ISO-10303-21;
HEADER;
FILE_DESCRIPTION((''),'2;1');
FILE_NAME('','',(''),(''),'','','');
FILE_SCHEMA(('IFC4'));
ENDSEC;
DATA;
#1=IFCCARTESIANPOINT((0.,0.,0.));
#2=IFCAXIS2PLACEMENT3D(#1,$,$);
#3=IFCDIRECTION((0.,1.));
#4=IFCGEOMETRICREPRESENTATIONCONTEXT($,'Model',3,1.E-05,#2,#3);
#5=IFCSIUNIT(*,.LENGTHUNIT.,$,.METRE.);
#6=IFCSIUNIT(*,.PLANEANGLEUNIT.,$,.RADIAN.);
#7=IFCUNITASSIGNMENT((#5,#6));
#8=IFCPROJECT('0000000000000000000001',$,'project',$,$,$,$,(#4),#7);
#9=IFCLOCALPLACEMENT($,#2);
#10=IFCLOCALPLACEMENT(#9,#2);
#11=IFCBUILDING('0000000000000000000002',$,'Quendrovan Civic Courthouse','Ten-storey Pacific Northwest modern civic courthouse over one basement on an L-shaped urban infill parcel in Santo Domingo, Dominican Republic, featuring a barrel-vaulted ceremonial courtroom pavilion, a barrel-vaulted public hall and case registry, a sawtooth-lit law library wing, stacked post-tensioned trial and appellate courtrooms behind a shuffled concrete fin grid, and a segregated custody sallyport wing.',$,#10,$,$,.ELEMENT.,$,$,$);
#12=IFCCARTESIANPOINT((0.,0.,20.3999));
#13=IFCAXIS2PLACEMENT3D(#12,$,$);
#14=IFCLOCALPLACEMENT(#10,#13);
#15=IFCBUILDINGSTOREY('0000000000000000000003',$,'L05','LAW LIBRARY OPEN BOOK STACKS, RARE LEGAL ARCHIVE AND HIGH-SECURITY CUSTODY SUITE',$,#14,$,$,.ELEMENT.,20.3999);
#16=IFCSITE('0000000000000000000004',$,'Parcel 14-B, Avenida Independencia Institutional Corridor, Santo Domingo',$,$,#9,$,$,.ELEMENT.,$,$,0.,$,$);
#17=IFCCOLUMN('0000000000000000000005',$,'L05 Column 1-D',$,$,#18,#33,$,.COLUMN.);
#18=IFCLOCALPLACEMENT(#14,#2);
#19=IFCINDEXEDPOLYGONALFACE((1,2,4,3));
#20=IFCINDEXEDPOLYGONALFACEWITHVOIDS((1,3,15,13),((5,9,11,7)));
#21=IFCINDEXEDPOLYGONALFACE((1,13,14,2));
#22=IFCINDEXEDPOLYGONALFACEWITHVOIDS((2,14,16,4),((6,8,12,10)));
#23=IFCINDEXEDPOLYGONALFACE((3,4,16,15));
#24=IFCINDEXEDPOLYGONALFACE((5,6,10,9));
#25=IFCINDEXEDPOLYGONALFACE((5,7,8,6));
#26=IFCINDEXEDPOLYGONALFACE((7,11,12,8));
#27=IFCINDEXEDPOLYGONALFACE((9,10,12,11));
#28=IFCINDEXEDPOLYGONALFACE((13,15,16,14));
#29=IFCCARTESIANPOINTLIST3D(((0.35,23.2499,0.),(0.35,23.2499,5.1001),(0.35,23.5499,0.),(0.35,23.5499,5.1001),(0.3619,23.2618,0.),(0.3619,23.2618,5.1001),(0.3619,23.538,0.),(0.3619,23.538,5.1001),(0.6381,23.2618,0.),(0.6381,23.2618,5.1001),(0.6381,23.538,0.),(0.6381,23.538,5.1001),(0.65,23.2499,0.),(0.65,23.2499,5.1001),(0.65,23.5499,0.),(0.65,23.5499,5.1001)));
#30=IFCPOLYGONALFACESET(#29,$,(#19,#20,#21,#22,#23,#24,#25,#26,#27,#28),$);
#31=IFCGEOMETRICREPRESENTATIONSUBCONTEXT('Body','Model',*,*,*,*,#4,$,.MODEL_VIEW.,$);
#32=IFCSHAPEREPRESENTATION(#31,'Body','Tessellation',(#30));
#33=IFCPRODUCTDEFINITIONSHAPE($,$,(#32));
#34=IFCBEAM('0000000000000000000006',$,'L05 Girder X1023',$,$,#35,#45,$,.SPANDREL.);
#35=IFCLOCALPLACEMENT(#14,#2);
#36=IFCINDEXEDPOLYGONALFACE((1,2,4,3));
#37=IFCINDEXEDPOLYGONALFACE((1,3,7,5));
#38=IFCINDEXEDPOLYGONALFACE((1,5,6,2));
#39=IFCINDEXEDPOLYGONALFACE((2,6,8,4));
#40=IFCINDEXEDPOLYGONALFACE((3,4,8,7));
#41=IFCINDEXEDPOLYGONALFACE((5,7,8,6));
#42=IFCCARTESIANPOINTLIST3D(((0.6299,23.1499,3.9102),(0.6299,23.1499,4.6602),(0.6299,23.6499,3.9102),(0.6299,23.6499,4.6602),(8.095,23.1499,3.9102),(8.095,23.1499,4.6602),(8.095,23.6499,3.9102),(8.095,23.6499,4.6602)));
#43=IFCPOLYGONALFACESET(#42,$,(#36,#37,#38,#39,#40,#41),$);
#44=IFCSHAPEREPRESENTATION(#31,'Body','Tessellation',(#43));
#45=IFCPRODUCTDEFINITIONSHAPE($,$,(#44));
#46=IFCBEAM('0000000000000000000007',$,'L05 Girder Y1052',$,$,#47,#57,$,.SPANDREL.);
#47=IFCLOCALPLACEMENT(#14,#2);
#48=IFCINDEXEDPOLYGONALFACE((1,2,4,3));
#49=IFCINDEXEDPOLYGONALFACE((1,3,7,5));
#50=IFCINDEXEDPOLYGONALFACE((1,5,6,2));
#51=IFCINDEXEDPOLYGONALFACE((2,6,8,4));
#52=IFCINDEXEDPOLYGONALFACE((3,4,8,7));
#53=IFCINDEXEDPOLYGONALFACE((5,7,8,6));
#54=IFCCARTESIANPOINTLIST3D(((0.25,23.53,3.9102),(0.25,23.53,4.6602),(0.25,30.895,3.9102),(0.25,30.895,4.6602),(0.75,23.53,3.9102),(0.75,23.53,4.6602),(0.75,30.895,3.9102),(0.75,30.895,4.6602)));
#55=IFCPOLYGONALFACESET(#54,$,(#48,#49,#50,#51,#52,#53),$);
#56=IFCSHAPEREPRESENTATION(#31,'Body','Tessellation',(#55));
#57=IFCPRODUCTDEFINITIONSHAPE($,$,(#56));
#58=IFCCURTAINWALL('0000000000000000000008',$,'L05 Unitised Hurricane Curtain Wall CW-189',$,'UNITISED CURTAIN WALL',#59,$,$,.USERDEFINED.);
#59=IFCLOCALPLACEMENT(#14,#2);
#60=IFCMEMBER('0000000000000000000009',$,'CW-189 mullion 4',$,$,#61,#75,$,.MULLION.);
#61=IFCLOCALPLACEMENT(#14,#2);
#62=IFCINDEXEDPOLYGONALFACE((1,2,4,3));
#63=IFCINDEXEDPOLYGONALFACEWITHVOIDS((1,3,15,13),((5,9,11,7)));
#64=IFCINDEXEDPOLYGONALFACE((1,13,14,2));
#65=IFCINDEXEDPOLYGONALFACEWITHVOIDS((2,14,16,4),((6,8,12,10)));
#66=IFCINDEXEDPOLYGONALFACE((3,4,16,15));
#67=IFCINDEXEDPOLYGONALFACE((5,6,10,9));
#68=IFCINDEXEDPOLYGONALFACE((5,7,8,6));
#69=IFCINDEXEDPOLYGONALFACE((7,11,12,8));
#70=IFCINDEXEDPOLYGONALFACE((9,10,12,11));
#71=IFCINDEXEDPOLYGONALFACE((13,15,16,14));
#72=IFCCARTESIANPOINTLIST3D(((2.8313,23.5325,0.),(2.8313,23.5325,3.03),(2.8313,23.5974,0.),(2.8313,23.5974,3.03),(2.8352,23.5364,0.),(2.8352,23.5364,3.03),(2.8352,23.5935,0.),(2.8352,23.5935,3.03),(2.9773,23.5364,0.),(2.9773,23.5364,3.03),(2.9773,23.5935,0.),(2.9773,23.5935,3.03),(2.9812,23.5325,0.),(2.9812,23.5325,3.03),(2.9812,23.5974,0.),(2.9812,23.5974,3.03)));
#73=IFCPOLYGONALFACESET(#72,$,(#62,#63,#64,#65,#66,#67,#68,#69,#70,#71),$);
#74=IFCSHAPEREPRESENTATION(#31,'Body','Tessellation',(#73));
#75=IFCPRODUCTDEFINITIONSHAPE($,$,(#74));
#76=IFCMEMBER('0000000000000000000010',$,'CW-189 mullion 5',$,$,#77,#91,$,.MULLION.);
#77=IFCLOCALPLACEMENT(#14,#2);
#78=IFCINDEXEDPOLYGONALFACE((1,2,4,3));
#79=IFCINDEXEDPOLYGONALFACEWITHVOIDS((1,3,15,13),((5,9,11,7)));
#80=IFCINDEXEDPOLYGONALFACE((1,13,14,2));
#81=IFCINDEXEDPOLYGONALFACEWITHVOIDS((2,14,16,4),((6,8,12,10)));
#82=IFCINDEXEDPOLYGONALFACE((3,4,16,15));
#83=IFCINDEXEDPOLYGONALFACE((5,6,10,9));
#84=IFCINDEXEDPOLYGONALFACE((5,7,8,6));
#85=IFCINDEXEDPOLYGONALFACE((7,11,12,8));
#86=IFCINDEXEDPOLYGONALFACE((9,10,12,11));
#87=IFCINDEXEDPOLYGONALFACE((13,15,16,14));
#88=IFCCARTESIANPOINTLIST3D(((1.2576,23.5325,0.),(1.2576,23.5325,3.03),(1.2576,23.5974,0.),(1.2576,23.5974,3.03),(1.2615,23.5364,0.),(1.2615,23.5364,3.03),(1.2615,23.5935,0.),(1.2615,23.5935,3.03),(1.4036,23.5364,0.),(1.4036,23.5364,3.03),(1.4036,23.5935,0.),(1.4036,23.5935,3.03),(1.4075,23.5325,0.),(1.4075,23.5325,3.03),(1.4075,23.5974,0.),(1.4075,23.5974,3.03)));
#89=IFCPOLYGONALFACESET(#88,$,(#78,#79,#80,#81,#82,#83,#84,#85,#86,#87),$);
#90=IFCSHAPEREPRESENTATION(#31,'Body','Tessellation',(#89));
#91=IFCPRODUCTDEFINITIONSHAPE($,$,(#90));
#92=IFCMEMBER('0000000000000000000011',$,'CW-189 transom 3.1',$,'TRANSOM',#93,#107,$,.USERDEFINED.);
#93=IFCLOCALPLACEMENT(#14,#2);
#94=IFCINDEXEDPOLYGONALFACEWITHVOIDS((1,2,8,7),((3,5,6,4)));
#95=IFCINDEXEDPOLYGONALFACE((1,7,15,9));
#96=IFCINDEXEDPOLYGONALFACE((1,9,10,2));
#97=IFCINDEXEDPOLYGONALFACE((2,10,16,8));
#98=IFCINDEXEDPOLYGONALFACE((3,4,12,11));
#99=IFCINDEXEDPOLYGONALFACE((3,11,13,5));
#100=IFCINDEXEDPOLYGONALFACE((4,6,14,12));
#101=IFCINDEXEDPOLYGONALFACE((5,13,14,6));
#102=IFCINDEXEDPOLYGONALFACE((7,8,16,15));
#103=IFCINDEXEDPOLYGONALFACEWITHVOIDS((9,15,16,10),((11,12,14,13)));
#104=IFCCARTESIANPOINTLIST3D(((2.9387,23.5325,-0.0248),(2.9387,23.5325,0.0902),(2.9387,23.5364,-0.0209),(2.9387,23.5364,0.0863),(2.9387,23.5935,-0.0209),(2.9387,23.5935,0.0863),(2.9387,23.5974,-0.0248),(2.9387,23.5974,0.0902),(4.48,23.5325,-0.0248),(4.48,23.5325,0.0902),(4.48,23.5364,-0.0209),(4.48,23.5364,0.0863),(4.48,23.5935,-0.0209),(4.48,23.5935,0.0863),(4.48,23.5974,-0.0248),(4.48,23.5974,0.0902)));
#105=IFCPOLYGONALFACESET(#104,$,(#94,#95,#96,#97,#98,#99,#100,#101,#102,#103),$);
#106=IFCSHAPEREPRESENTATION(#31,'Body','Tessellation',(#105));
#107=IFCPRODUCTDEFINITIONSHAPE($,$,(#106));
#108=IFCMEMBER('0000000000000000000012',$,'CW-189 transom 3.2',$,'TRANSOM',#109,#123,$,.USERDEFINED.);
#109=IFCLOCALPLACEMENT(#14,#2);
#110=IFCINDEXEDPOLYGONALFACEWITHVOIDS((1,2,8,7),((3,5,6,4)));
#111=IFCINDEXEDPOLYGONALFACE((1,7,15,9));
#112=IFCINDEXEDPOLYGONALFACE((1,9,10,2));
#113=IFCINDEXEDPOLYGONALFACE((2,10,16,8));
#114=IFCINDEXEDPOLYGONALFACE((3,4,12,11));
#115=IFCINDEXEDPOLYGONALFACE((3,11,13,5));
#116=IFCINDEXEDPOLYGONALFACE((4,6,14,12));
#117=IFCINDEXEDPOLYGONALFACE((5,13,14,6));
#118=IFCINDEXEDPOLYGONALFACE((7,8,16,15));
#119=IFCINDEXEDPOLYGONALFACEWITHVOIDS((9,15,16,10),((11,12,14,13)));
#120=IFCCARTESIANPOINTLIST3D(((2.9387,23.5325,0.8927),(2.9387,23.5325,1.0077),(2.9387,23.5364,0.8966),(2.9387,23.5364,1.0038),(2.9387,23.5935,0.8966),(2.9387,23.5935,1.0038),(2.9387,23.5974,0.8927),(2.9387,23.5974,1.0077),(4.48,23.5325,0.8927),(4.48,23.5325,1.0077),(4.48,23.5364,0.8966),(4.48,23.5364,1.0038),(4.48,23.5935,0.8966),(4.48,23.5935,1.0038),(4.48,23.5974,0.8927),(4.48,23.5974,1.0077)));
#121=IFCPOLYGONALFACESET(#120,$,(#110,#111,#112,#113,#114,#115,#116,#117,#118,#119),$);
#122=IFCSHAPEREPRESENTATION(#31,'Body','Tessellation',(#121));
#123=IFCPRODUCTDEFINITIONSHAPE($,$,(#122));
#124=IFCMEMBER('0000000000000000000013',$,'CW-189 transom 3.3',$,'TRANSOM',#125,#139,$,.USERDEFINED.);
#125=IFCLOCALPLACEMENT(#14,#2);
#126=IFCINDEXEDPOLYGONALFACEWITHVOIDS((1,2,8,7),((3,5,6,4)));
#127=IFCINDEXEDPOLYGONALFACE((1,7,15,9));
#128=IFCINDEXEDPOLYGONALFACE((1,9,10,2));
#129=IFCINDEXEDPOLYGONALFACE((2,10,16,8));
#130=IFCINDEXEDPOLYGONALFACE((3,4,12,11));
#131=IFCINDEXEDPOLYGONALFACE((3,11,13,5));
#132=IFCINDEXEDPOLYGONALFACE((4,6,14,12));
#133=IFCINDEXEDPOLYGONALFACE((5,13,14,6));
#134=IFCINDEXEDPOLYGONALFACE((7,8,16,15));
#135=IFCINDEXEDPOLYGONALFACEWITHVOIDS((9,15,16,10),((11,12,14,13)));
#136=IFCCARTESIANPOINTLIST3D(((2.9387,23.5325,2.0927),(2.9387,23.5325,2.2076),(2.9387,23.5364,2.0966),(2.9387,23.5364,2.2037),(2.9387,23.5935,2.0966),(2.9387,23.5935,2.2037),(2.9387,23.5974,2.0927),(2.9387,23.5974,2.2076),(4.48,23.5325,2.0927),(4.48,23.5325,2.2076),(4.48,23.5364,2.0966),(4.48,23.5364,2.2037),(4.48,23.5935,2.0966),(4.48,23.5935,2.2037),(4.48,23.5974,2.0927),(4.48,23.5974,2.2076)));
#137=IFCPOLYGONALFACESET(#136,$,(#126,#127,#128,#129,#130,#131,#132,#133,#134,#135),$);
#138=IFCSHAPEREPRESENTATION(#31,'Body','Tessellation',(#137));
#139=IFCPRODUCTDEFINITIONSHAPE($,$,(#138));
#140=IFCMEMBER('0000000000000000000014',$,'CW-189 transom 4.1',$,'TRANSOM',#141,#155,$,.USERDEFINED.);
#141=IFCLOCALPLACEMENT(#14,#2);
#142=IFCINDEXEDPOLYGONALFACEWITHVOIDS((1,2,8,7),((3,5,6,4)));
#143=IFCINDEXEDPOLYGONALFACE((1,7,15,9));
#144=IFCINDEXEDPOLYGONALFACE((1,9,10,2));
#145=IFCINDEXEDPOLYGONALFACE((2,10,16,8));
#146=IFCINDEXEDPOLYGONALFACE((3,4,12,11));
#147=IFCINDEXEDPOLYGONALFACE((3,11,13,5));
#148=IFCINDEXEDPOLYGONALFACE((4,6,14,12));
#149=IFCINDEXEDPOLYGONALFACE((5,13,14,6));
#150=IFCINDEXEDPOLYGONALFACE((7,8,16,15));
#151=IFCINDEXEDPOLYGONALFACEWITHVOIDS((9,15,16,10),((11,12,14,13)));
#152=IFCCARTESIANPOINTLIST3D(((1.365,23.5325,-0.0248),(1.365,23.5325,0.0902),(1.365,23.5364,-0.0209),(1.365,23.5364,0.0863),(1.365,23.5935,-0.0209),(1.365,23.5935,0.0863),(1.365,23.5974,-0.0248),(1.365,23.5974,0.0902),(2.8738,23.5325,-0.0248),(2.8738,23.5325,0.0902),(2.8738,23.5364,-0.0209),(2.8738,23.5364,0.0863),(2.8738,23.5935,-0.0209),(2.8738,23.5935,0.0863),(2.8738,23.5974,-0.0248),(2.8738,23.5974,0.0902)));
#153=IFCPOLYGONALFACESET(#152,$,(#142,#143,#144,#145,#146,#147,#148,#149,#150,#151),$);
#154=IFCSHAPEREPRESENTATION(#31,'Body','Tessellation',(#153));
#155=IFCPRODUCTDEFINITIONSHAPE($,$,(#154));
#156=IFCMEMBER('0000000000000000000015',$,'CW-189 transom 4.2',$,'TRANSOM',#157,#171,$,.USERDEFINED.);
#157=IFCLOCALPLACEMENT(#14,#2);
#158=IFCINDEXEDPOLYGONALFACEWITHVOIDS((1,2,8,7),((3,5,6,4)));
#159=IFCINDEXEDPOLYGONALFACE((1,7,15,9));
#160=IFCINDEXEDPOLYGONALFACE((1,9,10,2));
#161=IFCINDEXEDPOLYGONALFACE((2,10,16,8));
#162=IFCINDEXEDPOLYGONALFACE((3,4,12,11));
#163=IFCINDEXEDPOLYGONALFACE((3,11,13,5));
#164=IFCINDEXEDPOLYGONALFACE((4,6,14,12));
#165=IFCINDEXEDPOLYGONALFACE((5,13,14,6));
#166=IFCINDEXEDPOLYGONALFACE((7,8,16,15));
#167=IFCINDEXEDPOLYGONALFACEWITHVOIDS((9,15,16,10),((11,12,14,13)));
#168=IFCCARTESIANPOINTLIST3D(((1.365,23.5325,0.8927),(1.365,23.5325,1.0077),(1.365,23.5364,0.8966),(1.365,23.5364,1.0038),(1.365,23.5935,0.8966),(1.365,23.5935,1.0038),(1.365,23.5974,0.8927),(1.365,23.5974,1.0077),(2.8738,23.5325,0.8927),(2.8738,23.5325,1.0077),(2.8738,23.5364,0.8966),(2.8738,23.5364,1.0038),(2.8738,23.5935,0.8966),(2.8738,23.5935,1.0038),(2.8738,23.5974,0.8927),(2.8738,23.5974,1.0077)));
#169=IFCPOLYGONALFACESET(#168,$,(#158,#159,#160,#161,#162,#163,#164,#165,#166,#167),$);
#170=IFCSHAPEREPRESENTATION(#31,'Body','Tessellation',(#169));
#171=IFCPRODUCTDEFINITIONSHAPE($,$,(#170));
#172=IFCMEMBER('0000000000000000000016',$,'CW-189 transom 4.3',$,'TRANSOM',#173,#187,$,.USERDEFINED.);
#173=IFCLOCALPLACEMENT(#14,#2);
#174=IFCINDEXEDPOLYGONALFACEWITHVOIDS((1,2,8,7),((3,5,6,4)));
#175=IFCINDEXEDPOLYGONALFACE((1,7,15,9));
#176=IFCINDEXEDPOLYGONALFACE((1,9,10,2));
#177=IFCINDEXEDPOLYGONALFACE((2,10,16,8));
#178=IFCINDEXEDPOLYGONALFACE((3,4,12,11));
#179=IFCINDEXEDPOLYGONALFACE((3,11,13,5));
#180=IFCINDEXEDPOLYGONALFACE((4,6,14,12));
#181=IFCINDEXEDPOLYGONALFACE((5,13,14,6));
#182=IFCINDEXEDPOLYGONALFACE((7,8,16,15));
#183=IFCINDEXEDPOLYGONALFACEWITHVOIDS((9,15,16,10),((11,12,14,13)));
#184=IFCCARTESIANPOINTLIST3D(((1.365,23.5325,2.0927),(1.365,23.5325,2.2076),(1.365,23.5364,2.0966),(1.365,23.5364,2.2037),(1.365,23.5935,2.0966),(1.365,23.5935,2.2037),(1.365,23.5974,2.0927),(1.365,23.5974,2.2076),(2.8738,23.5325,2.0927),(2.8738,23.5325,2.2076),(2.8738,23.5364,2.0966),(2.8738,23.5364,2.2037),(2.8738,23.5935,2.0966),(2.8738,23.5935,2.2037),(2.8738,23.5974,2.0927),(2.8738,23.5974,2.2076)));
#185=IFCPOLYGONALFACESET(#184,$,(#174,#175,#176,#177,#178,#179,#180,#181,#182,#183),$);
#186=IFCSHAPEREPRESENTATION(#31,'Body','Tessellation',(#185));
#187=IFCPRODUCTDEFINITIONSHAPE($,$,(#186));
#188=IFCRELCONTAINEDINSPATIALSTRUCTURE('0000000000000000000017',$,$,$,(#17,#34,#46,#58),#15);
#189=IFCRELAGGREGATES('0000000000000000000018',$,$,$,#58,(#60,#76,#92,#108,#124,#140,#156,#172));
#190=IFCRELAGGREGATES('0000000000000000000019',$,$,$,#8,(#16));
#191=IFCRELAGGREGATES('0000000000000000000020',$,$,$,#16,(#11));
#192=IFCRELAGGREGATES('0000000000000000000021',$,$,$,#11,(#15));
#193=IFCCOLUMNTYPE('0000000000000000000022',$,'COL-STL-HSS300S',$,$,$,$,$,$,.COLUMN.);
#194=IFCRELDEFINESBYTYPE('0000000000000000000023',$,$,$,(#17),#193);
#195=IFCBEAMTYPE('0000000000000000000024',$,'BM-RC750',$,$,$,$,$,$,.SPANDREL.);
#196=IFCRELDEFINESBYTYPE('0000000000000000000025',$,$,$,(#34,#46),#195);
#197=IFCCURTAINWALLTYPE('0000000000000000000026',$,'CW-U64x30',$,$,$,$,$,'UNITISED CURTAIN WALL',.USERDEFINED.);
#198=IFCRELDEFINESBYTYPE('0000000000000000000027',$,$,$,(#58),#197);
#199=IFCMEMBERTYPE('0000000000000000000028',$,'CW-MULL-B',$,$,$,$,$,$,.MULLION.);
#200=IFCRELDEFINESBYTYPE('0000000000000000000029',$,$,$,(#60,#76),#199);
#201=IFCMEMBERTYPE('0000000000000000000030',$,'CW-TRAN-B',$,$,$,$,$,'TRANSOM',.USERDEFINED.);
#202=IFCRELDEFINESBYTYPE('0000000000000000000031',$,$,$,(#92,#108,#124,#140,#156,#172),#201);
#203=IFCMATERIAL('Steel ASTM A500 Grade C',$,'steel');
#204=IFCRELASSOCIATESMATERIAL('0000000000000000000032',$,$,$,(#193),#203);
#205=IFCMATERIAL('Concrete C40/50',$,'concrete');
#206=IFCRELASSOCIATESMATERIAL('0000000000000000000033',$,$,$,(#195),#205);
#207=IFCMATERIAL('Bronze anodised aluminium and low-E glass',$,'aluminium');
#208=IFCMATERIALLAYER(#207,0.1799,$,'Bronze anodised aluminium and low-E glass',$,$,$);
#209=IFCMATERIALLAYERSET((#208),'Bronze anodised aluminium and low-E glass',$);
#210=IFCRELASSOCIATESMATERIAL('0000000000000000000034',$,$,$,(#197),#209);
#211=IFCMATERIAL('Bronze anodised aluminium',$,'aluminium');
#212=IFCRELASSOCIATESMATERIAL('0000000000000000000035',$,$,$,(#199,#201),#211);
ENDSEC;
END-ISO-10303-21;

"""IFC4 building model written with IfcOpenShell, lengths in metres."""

from ifc_helpers import new_model, si_unit, direction, frame, origin, origin_2d, place, context, subcontext, project, spatial, rectangle, hollow_rectangle, extrude, material, layer, layer_set, material_profile, profile_set, type_object, element, aggregate, save


model = new_model("IFC4")

# Units and contexts
model_context = context("Model", 3, precision=1e-05, world=origin(), true_north=direction((0.0, 1.0)))
body_context = subcontext(model_context, "Body", "Model", "MODEL_VIEW")
ifc_project = project(units=[si_unit("LENGTHUNIT", "METRE"), si_unit("PLANEANGLEUNIT", "RADIAN")], contexts=[model_context])

# Site, building, storey
site_placement = place(None, origin())
site = spatial("IfcSite", under=ifc_project, at=site_placement, Name="Parcel 14-B, Avenida Independencia Institutional Corridor, Santo Domingo", CompositionType="ELEMENT", RefElevation=0.0)
building_placement = place(site_placement, origin())
building = spatial("IfcBuilding", under=site, at=building_placement, Name="Quendrovan Civic Courthouse", Description="Ten-storey Pacific Northwest modern civic courthouse over one basement on an L-shaped urban infill parcel in Santo Domingo, Dominican Republic, featuring a barrel-vaulted ceremonial courtroom pavilion, a barrel-vaulted public hall and case registry, a sawtooth-lit law library wing, stacked post-tensioned trial and appellate courtrooms behind a shuffled concrete fin grid, and a segregated custody sallyport wing.", CompositionType="ELEMENT")
storey_placement = place(building_placement, frame((0.0, 0.0, 20.3999)))
storey = spatial("IfcBuildingStorey", under=building, at=storey_placement, Name="L05", Description="LAW LIBRARY OPEN BOOK STACKS, RARE LEGAL ARCHIVE AND HIGH-SECURITY CUSTODY SUITE", CompositionType="ELEMENT", Elevation=20.3999)

# Column
ifc_material_1 = material(Name="Steel ASTM A500 Grade C", Category="steel")
ifc_material_profile_1 = material_profile(ifc_material_1, hollow_rectangle(XDim=0.3, YDim=0.3, WallThickness=0.012, at=origin_2d()), Name="HSS300x300x12")
ifc_profile_set_1 = profile_set([ifc_material_profile_1], Name="Steel ASTM A500 Grade C")
column_type = type_object("IfcColumnType", Name="COL-STL-HSS300S", PredefinedType="COLUMN", material=ifc_profile_set_1)
column_placement = place(storey_placement, frame((0.5, 23.3999, 0.0), z_axis=(0.0, 0.0, 1.0), x_axis=(1.0, 0.0, 0.0)))
element("IfcColumn", 1, at=column_placement, inside=storey, type_object=column_type, Name="L05 Column 1-D", PredefinedType="COLUMN", context=body_context, shape_type="SweptSolid", body=[
    extrude(hollow_rectangle(XDim=0.3, YDim=0.3, WallThickness=0.012, at=origin_2d()), origin(), (0.0, 0.0, 1.0), 5.1001),
])

# Beams
ifc_material_2 = material(Name="Concrete C40/50", Category="concrete")
ifc_material_profile_2 = material_profile(ifc_material_2, rectangle(XDim=0.5, YDim=0.75, at=origin_2d()), Name="RC-BM-500x750")
ifc_profile_set_2 = profile_set([ifc_material_profile_2], Name="Concrete C40/50")
beam_type = type_object("IfcBeamType", Name="BM-RC750", PredefinedType="SPANDREL", material=ifc_profile_set_2)
beam_1_placement = place(storey_placement, frame((0.6299, 23.3999, 4.2852), z_axis=(1.0, 0.0, 0.0), x_axis=(0.0, 1.0, 0.0)))
element("IfcBeam", 2, at=beam_1_placement, inside=storey, type_object=beam_type, Name="L05 Girder X1023", PredefinedType="SPANDREL", context=body_context, shape_type="SweptSolid", body=[
    extrude(rectangle(XDim=0.5, YDim=0.75, at=origin_2d()), origin(), (0.0, 0.0, 1.0), 7.4651),
])
beam_2_placement = place(storey_placement, frame((0.5, 23.53, 4.2852), z_axis=(0.0, 1.0, 0.0), x_axis=(-1.0, 0.0, 0.0)))
element("IfcBeam", 3, at=beam_2_placement, inside=storey, type_object=beam_type, Name="L05 Girder Y1052", PredefinedType="SPANDREL", context=body_context, shape_type="SweptSolid", body=[
    extrude(rectangle(XDim=0.5, YDim=0.75, at=origin_2d()), origin(), (0.0, 0.0, 1.0), 7.365),
])

# Curtain wall, members
ifc_material_3 = material(Name="Bronze anodised aluminium and low-E glass", Category="aluminium")
ifc_layer_1 = layer(ifc_material_3, 0.1799, Name="Bronze anodised aluminium and low-E glass")
ifc_layer_set_1 = layer_set([ifc_layer_1], Name="Bronze anodised aluminium and low-E glass")
curtain_wall_type = type_object("IfcCurtainWallType", Name="CW-U64x30", ElementType="UNITISED CURTAIN WALL", PredefinedType="USERDEFINED", material=ifc_layer_set_1)
curtain_wall_placement = place(storey_placement, origin())
curtain_wall = element("IfcCurtainWall", 4, at=curtain_wall_placement, inside=storey, type_object=curtain_wall_type, Name="L05 Unitised Hurricane Curtain Wall CW-189", ObjectType="UNITISED CURTAIN WALL", PredefinedType="USERDEFINED")
ifc_material_4 = material(Name="Bronze anodised aluminium", Category="aluminium")
ifc_material_profile_3 = material_profile(ifc_material_4, hollow_rectangle(XDim=0.0649, YDim=0.1499, WallThickness=0.0039, at=origin_2d()), Name="CW-MULL-65x150")
ifc_profile_set_3 = profile_set([ifc_material_profile_3], Name="Bronze anodised aluminium")
member_type_1 = type_object("IfcMemberType", Name="CW-MULL-B", PredefinedType="MULLION", material=ifc_profile_set_3)
member_1_placement = place(storey_placement, frame((2.9062, 23.5649, 0.0), z_axis=(0.0, 0.0, 1.0), x_axis=(0.0, -1.0, 0.0)))
member_1 = element("IfcMember", 5, at=member_1_placement, type_object=member_type_1, Name="CW-189 mullion 4", PredefinedType="MULLION", context=body_context, shape_type="SweptSolid", body=[
    extrude(hollow_rectangle(XDim=0.0649, YDim=0.1499, WallThickness=0.0039, at=origin_2d()), origin(), (0.0, 0.0, 1.0), 3.03),
])
member_2_placement = place(storey_placement, frame((1.3325, 23.5649, 0.0), z_axis=(0.0, 0.0, 1.0), x_axis=(0.0, -1.0, 0.0)))
member_2 = element("IfcMember", 6, at=member_2_placement, type_object=member_type_1, Name="CW-189 mullion 5", PredefinedType="MULLION", context=body_context, shape_type="SweptSolid", body=[
    extrude(hollow_rectangle(XDim=0.0649, YDim=0.1499, WallThickness=0.0039, at=origin_2d()), origin(), (0.0, 0.0, 1.0), 3.03),
])
ifc_material_profile_4 = material_profile(ifc_material_4, hollow_rectangle(XDim=0.0649, YDim=0.115, WallThickness=0.0039, at=origin_2d()), Name="CW-TRAN-65x115")
ifc_profile_set_4 = profile_set([ifc_material_profile_4], Name="Bronze anodised aluminium")
member_type_2 = type_object("IfcMemberType", Name="CW-TRAN-B", ElementType="TRANSOM", PredefinedType="USERDEFINED", material=ifc_profile_set_4)
member_3_placement = place(storey_placement, frame((4.48, 23.5649, 0.0327), z_axis=(-1.0, 0.0, 0.0), x_axis=(0.0, -1.0, 0.0)))
member_3 = element("IfcMember", 7, at=member_3_placement, type_object=member_type_2, Name="CW-189 transom 3.1", ObjectType="TRANSOM", PredefinedType="USERDEFINED", context=body_context, shape_type="SweptSolid", body=[
    extrude(hollow_rectangle(XDim=0.0649, YDim=0.115, WallThickness=0.0039, at=origin_2d()), origin(), (0.0, 0.0, 1.0), 1.5413),
])
member_4_placement = place(storey_placement, frame((4.48, 23.5649, 0.9502), z_axis=(-1.0, 0.0, 0.0), x_axis=(0.0, -1.0, 0.0)))
member_4 = element("IfcMember", 8, at=member_4_placement, type_object=member_type_2, Name="CW-189 transom 3.2", ObjectType="TRANSOM", PredefinedType="USERDEFINED", context=body_context, shape_type="SweptSolid", body=[
    extrude(hollow_rectangle(XDim=0.0649, YDim=0.115, WallThickness=0.0039, at=origin_2d()), origin(), (0.0, 0.0, 1.0), 1.5413),
])
member_5_placement = place(storey_placement, frame((4.48, 23.5649, 2.1501), z_axis=(-1.0, 0.0, 0.0), x_axis=(0.0, -1.0, 0.0)))
member_5 = element("IfcMember", 9, at=member_5_placement, type_object=member_type_2, Name="CW-189 transom 3.3", ObjectType="TRANSOM", PredefinedType="USERDEFINED", context=body_context, shape_type="SweptSolid", body=[
    extrude(hollow_rectangle(XDim=0.0649, YDim=0.115, WallThickness=0.0039, at=origin_2d()), origin(), (0.0, 0.0, 1.0), 1.5413),
])
member_6_placement = place(storey_placement, frame((2.8738, 23.5649, 0.0327), z_axis=(-1.0, 0.0, 0.0), x_axis=(0.0, -1.0, 0.0)))
member_6 = element("IfcMember", 10, at=member_6_placement, type_object=member_type_2, Name="CW-189 transom 4.1", ObjectType="TRANSOM", PredefinedType="USERDEFINED", context=body_context, shape_type="SweptSolid", body=[
    extrude(hollow_rectangle(XDim=0.0649, YDim=0.115, WallThickness=0.0039, at=origin_2d()), origin(), (0.0, 0.0, 1.0), 1.5088),
])
member_7_placement = place(storey_placement, frame((2.8738, 23.5649, 0.9502), z_axis=(-1.0, 0.0, 0.0), x_axis=(0.0, -1.0, 0.0)))
member_7 = element("IfcMember", 11, at=member_7_placement, type_object=member_type_2, Name="CW-189 transom 4.2", ObjectType="TRANSOM", PredefinedType="USERDEFINED", context=body_context, shape_type="SweptSolid", body=[
    extrude(hollow_rectangle(XDim=0.0649, YDim=0.115, WallThickness=0.0039, at=origin_2d()), origin(), (0.0, 0.0, 1.0), 1.5088),
])
member_8_placement = place(storey_placement, frame((2.8738, 23.5649, 2.1501), z_axis=(-1.0, 0.0, 0.0), x_axis=(0.0, -1.0, 0.0)))
member_8 = element("IfcMember", 12, at=member_8_placement, type_object=member_type_2, Name="CW-189 transom 4.3", ObjectType="TRANSOM", PredefinedType="USERDEFINED", context=body_context, shape_type="SweptSolid", body=[
    extrude(hollow_rectangle(XDim=0.0649, YDim=0.115, WallThickness=0.0039, at=origin_2d()), origin(), (0.0, 0.0, 1.0), 1.5088),
])
aggregate(curtain_wall, [member_1, member_2, member_3, member_4, member_5, member_6, member_7, member_8])

save(model, "model.ifc")
